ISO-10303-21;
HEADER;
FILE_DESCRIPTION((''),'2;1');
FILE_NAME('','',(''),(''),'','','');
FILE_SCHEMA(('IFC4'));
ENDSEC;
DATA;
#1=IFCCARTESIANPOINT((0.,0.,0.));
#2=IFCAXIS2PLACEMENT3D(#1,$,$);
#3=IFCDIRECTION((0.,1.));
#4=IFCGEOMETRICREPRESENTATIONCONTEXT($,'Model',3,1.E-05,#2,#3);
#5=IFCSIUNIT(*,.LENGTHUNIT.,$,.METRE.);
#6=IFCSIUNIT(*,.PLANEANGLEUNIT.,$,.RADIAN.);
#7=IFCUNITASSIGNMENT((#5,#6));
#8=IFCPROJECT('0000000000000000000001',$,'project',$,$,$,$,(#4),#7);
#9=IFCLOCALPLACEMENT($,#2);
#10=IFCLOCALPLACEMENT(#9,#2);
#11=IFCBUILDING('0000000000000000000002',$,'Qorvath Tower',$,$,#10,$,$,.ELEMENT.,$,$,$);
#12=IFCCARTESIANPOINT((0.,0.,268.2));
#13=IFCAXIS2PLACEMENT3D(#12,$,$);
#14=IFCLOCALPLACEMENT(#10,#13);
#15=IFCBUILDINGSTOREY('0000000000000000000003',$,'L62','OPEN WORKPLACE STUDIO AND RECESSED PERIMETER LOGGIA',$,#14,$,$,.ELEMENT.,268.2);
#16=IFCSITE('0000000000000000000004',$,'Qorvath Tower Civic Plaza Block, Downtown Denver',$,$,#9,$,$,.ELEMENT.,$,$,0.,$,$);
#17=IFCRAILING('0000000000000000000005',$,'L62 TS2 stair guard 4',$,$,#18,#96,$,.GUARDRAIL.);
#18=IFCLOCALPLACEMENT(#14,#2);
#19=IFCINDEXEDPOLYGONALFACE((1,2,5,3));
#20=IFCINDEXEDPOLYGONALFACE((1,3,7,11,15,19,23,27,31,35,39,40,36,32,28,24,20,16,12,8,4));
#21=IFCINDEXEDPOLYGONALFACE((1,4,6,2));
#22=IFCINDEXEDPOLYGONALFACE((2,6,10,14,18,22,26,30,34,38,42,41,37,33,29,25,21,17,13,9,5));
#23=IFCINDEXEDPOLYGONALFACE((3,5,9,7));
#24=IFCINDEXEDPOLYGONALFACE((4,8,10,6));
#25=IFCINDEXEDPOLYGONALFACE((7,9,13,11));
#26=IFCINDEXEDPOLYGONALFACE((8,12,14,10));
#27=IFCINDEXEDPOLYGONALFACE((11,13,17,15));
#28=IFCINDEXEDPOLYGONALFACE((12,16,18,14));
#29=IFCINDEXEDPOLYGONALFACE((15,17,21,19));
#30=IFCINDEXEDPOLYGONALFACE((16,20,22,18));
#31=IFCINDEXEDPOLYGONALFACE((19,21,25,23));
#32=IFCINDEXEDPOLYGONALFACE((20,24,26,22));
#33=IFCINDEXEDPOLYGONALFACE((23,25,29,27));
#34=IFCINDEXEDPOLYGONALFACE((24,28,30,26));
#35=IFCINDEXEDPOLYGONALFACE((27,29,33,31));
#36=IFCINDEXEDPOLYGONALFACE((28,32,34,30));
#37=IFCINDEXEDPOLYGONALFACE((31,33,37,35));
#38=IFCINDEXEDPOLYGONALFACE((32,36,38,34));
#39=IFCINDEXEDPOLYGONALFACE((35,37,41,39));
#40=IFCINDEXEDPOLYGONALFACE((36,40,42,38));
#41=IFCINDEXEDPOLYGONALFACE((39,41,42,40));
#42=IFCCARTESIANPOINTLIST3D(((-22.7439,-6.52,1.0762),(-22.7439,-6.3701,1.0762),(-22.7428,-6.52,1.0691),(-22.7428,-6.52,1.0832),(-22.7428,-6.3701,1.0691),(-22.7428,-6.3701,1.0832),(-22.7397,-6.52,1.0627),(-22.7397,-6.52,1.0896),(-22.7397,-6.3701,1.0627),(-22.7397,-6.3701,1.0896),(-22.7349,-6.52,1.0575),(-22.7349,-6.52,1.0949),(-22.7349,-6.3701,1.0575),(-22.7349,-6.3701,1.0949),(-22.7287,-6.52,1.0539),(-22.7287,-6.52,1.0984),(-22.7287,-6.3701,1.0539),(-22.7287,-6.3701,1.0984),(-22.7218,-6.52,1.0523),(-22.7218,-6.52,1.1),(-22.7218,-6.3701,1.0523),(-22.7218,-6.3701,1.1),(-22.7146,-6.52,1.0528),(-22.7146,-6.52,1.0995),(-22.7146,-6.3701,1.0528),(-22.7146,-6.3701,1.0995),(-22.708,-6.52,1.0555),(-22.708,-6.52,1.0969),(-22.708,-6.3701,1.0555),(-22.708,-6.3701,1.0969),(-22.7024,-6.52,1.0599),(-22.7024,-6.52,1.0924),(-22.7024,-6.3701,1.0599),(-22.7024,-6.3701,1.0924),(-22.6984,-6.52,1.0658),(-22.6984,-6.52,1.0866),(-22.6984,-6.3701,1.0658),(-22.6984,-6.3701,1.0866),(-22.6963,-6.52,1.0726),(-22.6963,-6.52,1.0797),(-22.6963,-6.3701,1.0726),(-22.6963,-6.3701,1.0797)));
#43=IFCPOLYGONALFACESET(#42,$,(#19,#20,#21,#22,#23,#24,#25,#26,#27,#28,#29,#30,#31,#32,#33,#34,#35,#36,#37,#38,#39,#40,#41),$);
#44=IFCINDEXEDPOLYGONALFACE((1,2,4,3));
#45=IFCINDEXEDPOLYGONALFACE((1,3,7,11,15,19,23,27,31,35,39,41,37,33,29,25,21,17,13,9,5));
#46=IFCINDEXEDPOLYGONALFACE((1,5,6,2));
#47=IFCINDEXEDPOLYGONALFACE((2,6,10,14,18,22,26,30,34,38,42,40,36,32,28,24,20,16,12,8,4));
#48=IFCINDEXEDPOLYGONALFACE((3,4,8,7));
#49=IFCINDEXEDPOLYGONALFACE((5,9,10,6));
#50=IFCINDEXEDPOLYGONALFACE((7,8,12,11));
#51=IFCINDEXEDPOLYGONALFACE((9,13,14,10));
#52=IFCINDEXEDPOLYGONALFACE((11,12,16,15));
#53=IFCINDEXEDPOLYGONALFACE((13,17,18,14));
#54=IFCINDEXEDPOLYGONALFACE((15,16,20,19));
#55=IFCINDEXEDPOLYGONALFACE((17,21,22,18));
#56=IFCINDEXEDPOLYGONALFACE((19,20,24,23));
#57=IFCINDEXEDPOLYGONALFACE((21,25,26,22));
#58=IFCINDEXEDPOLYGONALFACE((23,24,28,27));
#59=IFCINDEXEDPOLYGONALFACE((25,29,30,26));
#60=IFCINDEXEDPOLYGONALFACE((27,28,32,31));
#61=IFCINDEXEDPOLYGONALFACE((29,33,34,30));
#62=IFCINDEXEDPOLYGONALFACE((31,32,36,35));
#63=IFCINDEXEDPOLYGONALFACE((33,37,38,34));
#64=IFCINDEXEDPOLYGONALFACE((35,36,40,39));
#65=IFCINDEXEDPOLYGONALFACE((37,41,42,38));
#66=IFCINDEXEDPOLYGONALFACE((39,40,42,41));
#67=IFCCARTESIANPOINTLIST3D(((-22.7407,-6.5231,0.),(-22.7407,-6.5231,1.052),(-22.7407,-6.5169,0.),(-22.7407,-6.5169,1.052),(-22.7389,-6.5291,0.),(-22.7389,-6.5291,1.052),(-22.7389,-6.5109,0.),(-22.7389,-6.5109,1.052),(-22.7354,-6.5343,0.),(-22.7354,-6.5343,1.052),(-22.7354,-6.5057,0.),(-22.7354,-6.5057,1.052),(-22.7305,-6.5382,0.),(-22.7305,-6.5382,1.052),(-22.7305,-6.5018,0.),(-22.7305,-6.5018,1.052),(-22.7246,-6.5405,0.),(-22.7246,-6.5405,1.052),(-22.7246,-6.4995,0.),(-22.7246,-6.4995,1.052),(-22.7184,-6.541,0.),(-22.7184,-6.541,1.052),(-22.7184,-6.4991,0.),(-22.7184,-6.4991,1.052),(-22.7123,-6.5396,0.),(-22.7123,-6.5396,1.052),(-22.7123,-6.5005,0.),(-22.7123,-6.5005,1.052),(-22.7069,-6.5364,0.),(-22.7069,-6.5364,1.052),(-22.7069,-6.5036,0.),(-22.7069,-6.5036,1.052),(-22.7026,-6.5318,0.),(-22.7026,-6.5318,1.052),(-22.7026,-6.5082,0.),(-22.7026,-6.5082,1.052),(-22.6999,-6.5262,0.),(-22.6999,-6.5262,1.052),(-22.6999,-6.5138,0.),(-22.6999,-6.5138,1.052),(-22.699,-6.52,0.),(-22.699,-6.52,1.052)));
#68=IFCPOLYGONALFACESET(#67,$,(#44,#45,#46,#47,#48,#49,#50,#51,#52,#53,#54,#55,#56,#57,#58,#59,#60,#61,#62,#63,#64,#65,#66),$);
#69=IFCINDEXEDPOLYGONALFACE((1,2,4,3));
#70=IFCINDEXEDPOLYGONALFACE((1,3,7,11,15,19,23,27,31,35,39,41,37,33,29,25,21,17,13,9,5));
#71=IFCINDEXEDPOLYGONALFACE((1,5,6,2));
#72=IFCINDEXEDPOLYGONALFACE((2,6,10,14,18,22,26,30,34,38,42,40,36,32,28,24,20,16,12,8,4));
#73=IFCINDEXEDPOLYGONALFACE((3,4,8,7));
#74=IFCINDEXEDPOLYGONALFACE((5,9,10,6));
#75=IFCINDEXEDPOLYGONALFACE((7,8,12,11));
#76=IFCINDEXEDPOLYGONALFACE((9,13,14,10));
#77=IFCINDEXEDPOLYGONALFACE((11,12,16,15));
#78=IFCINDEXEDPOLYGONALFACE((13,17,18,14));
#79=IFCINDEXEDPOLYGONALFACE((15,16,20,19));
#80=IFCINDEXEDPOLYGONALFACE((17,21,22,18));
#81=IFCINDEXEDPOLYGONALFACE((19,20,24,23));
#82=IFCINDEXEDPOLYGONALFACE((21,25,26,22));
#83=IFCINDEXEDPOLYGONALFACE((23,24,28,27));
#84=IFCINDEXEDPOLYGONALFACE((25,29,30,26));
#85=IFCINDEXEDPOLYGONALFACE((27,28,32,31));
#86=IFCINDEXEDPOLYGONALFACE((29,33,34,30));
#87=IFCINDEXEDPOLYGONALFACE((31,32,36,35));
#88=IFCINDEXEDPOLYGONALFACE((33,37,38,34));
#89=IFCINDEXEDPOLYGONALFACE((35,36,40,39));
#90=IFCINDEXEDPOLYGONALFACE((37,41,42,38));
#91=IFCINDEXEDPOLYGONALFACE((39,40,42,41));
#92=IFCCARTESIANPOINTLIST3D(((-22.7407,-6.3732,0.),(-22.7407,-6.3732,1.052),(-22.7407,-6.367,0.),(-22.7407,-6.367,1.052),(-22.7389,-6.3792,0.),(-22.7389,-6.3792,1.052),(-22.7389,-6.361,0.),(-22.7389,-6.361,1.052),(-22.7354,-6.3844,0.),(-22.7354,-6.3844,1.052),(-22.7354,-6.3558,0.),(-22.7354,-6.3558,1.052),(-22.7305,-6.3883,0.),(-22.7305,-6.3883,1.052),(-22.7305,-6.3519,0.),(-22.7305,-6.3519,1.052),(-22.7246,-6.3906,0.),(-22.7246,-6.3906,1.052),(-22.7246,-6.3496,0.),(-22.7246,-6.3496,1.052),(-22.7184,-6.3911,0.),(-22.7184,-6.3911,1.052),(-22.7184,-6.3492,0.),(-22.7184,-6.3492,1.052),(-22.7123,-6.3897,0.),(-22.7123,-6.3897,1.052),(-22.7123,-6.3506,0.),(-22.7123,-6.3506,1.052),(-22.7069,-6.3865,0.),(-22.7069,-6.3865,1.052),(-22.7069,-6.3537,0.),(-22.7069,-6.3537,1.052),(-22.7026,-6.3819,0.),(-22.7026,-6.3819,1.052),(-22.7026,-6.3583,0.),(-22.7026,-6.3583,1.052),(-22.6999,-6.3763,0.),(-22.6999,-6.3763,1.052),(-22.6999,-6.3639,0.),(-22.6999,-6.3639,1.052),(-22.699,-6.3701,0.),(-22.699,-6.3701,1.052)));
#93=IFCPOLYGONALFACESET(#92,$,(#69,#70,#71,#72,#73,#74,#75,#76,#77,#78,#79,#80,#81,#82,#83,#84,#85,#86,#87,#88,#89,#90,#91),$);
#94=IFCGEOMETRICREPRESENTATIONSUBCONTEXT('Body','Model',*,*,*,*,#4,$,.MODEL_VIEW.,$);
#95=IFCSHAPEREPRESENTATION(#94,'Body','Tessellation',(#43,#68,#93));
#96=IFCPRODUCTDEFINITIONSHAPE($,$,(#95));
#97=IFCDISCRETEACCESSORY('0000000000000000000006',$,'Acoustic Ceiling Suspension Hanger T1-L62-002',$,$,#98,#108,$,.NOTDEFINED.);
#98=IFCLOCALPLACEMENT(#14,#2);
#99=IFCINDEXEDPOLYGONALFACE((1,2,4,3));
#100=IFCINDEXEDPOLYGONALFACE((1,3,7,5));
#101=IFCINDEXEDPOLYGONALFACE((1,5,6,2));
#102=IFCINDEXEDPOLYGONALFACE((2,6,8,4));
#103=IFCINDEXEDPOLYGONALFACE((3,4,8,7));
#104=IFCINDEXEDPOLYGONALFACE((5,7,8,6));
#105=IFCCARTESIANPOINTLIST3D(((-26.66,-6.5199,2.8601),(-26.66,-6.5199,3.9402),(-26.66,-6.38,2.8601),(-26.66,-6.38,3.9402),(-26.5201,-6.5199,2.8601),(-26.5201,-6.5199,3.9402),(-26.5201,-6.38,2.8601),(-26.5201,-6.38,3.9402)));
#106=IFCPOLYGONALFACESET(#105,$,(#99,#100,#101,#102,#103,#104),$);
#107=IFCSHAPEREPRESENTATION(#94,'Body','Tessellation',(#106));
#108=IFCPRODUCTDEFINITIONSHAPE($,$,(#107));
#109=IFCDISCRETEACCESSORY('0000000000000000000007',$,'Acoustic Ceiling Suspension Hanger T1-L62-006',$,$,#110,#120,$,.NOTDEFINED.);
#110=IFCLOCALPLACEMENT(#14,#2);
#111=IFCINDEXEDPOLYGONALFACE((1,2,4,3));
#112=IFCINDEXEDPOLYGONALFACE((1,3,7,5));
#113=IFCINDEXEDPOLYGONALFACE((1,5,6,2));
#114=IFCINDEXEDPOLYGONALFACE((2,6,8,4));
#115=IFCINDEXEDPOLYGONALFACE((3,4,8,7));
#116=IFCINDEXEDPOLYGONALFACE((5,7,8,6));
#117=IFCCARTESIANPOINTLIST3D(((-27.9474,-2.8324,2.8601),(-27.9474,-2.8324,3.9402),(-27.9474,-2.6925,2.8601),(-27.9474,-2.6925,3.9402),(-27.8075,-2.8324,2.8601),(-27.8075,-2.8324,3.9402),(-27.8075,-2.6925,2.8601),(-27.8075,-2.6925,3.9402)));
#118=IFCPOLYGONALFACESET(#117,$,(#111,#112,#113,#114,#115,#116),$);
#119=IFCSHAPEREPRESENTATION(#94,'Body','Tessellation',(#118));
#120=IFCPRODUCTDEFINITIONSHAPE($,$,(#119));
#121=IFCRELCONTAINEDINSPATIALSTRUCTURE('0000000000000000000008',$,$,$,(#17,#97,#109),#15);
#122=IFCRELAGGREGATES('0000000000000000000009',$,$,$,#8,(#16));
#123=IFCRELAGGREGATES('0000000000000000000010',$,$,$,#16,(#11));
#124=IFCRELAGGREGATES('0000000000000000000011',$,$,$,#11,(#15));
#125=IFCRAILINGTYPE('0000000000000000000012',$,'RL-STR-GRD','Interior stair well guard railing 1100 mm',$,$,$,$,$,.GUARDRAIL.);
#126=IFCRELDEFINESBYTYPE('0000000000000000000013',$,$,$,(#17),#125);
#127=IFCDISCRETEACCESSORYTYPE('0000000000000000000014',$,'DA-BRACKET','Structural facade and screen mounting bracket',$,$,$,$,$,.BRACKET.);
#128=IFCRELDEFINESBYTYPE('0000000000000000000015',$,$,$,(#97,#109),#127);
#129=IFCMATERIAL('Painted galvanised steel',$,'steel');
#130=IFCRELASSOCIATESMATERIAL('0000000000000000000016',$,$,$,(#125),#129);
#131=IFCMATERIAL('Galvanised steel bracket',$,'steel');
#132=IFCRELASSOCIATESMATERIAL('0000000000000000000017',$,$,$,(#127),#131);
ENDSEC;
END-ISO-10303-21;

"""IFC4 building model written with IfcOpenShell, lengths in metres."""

from ifc_helpers import new_model, si_unit, direction, frame, origin, origin_2d, place, context, subcontext, project, spatial, rectangle, circle, extrude, material, type_object, element, save


model = new_model("IFC4")

# Units and contexts
model_context = context("Model", 3, precision=1e-05, world=origin(), true_north=direction((0.0, 1.0)))
body_context = subcontext(model_context, "Body", "Model", "MODEL_VIEW")
ifc_project = project(units=[si_unit("LENGTHUNIT", "METRE"), si_unit("PLANEANGLEUNIT", "RADIAN")], contexts=[model_context])

# Site, building, storey
site_placement = place(None, origin())
site = spatial("IfcSite", under=ifc_project, at=site_placement, Name="Qorvath Tower Civic Plaza Block, Downtown Denver", CompositionType="ELEMENT", RefElevation=0.0)
building_placement = place(site_placement, origin())
building = spatial("IfcBuilding", under=site, at=building_placement, Name="Qorvath Tower", CompositionType="ELEMENT")
storey_placement = place(building_placement, frame((0.0, 0.0, 268.2)))
storey = spatial("IfcBuildingStorey", under=building, at=storey_placement, Name="L62", Description="OPEN WORKPLACE STUDIO AND RECESSED PERIMETER LOGGIA", CompositionType="ELEMENT", Elevation=268.2)

# Railing
ifc_material_1 = material(Name="Painted galvanised steel", Category="steel")
railing_type = type_object("IfcRailingType", Name="RL-STR-GRD", Description="Interior stair well guard railing 1100 mm", PredefinedType="GUARDRAIL", material=ifc_material_1)
railing_1_placement = place(storey_placement, frame((-22.72, -6.52, 0.0)))
element("IfcRailing", 1, at=railing_1_placement, inside=storey, type_object=railing_type, Name="L62 TS2 stair guard 4", PredefinedType="GUARDRAIL", context=body_context, shape_type="SweptSolid", body=[
    extrude(circle(Radius=0.0239, at=origin_2d()), frame((0.0, 0.0, 1.0762), z_axis=(0.0, 1.0, 0.0), x_axis=(-1.0, 0.0, 0.0)), (0.0, 0.0, 1.0), 0.1499),
    extrude(circle(Radius=0.021, at=origin_2d()), origin(), (0.0, 0.0, 1.0), 1.052),
    extrude(circle(Radius=0.021, at=origin_2d()), frame((0.0, 0.1499, 0.0)), (0.0, 0.0, 1.0), 1.052),
])

# Discrete accessories
ifc_material_2 = material(Name="Galvanised steel bracket", Category="steel")
discrete_accessory_type = type_object("IfcDiscreteAccessoryType", Name="DA-BRACKET", Description="Structural facade and screen mounting bracket", PredefinedType="BRACKET", material=ifc_material_2)
for number, where, z_axis, x_axis, name in (
    (2, (-26.5901, -6.45, 2.8601), (0.0, 0.0, 1.0), (1.0, 0.0, 0.0), "Acoustic Ceiling Suspension Hanger T1-L62-002"),
    (3, (-27.8774, -2.7625, 2.8601), (0.0, 0.0, 1.0), (1.0, 0.0, 0.0), "Acoustic Ceiling Suspension Hanger T1-L62-006"),
):
    element("IfcDiscreteAccessory", number, at=place(storey_placement, frame(where, z_axis=z_axis, x_axis=x_axis)), inside=storey, type_object=discrete_accessory_type, Name=name, PredefinedType="NOTDEFINED", context=body_context, shape_type="SweptSolid", body=[
        extrude(rectangle(XDim=0.1399, YDim=0.1399, at=origin_2d()), origin(), (0.0, 0.0, 1.0), 1.0801),
    ])

save(model, "model.ifc")
